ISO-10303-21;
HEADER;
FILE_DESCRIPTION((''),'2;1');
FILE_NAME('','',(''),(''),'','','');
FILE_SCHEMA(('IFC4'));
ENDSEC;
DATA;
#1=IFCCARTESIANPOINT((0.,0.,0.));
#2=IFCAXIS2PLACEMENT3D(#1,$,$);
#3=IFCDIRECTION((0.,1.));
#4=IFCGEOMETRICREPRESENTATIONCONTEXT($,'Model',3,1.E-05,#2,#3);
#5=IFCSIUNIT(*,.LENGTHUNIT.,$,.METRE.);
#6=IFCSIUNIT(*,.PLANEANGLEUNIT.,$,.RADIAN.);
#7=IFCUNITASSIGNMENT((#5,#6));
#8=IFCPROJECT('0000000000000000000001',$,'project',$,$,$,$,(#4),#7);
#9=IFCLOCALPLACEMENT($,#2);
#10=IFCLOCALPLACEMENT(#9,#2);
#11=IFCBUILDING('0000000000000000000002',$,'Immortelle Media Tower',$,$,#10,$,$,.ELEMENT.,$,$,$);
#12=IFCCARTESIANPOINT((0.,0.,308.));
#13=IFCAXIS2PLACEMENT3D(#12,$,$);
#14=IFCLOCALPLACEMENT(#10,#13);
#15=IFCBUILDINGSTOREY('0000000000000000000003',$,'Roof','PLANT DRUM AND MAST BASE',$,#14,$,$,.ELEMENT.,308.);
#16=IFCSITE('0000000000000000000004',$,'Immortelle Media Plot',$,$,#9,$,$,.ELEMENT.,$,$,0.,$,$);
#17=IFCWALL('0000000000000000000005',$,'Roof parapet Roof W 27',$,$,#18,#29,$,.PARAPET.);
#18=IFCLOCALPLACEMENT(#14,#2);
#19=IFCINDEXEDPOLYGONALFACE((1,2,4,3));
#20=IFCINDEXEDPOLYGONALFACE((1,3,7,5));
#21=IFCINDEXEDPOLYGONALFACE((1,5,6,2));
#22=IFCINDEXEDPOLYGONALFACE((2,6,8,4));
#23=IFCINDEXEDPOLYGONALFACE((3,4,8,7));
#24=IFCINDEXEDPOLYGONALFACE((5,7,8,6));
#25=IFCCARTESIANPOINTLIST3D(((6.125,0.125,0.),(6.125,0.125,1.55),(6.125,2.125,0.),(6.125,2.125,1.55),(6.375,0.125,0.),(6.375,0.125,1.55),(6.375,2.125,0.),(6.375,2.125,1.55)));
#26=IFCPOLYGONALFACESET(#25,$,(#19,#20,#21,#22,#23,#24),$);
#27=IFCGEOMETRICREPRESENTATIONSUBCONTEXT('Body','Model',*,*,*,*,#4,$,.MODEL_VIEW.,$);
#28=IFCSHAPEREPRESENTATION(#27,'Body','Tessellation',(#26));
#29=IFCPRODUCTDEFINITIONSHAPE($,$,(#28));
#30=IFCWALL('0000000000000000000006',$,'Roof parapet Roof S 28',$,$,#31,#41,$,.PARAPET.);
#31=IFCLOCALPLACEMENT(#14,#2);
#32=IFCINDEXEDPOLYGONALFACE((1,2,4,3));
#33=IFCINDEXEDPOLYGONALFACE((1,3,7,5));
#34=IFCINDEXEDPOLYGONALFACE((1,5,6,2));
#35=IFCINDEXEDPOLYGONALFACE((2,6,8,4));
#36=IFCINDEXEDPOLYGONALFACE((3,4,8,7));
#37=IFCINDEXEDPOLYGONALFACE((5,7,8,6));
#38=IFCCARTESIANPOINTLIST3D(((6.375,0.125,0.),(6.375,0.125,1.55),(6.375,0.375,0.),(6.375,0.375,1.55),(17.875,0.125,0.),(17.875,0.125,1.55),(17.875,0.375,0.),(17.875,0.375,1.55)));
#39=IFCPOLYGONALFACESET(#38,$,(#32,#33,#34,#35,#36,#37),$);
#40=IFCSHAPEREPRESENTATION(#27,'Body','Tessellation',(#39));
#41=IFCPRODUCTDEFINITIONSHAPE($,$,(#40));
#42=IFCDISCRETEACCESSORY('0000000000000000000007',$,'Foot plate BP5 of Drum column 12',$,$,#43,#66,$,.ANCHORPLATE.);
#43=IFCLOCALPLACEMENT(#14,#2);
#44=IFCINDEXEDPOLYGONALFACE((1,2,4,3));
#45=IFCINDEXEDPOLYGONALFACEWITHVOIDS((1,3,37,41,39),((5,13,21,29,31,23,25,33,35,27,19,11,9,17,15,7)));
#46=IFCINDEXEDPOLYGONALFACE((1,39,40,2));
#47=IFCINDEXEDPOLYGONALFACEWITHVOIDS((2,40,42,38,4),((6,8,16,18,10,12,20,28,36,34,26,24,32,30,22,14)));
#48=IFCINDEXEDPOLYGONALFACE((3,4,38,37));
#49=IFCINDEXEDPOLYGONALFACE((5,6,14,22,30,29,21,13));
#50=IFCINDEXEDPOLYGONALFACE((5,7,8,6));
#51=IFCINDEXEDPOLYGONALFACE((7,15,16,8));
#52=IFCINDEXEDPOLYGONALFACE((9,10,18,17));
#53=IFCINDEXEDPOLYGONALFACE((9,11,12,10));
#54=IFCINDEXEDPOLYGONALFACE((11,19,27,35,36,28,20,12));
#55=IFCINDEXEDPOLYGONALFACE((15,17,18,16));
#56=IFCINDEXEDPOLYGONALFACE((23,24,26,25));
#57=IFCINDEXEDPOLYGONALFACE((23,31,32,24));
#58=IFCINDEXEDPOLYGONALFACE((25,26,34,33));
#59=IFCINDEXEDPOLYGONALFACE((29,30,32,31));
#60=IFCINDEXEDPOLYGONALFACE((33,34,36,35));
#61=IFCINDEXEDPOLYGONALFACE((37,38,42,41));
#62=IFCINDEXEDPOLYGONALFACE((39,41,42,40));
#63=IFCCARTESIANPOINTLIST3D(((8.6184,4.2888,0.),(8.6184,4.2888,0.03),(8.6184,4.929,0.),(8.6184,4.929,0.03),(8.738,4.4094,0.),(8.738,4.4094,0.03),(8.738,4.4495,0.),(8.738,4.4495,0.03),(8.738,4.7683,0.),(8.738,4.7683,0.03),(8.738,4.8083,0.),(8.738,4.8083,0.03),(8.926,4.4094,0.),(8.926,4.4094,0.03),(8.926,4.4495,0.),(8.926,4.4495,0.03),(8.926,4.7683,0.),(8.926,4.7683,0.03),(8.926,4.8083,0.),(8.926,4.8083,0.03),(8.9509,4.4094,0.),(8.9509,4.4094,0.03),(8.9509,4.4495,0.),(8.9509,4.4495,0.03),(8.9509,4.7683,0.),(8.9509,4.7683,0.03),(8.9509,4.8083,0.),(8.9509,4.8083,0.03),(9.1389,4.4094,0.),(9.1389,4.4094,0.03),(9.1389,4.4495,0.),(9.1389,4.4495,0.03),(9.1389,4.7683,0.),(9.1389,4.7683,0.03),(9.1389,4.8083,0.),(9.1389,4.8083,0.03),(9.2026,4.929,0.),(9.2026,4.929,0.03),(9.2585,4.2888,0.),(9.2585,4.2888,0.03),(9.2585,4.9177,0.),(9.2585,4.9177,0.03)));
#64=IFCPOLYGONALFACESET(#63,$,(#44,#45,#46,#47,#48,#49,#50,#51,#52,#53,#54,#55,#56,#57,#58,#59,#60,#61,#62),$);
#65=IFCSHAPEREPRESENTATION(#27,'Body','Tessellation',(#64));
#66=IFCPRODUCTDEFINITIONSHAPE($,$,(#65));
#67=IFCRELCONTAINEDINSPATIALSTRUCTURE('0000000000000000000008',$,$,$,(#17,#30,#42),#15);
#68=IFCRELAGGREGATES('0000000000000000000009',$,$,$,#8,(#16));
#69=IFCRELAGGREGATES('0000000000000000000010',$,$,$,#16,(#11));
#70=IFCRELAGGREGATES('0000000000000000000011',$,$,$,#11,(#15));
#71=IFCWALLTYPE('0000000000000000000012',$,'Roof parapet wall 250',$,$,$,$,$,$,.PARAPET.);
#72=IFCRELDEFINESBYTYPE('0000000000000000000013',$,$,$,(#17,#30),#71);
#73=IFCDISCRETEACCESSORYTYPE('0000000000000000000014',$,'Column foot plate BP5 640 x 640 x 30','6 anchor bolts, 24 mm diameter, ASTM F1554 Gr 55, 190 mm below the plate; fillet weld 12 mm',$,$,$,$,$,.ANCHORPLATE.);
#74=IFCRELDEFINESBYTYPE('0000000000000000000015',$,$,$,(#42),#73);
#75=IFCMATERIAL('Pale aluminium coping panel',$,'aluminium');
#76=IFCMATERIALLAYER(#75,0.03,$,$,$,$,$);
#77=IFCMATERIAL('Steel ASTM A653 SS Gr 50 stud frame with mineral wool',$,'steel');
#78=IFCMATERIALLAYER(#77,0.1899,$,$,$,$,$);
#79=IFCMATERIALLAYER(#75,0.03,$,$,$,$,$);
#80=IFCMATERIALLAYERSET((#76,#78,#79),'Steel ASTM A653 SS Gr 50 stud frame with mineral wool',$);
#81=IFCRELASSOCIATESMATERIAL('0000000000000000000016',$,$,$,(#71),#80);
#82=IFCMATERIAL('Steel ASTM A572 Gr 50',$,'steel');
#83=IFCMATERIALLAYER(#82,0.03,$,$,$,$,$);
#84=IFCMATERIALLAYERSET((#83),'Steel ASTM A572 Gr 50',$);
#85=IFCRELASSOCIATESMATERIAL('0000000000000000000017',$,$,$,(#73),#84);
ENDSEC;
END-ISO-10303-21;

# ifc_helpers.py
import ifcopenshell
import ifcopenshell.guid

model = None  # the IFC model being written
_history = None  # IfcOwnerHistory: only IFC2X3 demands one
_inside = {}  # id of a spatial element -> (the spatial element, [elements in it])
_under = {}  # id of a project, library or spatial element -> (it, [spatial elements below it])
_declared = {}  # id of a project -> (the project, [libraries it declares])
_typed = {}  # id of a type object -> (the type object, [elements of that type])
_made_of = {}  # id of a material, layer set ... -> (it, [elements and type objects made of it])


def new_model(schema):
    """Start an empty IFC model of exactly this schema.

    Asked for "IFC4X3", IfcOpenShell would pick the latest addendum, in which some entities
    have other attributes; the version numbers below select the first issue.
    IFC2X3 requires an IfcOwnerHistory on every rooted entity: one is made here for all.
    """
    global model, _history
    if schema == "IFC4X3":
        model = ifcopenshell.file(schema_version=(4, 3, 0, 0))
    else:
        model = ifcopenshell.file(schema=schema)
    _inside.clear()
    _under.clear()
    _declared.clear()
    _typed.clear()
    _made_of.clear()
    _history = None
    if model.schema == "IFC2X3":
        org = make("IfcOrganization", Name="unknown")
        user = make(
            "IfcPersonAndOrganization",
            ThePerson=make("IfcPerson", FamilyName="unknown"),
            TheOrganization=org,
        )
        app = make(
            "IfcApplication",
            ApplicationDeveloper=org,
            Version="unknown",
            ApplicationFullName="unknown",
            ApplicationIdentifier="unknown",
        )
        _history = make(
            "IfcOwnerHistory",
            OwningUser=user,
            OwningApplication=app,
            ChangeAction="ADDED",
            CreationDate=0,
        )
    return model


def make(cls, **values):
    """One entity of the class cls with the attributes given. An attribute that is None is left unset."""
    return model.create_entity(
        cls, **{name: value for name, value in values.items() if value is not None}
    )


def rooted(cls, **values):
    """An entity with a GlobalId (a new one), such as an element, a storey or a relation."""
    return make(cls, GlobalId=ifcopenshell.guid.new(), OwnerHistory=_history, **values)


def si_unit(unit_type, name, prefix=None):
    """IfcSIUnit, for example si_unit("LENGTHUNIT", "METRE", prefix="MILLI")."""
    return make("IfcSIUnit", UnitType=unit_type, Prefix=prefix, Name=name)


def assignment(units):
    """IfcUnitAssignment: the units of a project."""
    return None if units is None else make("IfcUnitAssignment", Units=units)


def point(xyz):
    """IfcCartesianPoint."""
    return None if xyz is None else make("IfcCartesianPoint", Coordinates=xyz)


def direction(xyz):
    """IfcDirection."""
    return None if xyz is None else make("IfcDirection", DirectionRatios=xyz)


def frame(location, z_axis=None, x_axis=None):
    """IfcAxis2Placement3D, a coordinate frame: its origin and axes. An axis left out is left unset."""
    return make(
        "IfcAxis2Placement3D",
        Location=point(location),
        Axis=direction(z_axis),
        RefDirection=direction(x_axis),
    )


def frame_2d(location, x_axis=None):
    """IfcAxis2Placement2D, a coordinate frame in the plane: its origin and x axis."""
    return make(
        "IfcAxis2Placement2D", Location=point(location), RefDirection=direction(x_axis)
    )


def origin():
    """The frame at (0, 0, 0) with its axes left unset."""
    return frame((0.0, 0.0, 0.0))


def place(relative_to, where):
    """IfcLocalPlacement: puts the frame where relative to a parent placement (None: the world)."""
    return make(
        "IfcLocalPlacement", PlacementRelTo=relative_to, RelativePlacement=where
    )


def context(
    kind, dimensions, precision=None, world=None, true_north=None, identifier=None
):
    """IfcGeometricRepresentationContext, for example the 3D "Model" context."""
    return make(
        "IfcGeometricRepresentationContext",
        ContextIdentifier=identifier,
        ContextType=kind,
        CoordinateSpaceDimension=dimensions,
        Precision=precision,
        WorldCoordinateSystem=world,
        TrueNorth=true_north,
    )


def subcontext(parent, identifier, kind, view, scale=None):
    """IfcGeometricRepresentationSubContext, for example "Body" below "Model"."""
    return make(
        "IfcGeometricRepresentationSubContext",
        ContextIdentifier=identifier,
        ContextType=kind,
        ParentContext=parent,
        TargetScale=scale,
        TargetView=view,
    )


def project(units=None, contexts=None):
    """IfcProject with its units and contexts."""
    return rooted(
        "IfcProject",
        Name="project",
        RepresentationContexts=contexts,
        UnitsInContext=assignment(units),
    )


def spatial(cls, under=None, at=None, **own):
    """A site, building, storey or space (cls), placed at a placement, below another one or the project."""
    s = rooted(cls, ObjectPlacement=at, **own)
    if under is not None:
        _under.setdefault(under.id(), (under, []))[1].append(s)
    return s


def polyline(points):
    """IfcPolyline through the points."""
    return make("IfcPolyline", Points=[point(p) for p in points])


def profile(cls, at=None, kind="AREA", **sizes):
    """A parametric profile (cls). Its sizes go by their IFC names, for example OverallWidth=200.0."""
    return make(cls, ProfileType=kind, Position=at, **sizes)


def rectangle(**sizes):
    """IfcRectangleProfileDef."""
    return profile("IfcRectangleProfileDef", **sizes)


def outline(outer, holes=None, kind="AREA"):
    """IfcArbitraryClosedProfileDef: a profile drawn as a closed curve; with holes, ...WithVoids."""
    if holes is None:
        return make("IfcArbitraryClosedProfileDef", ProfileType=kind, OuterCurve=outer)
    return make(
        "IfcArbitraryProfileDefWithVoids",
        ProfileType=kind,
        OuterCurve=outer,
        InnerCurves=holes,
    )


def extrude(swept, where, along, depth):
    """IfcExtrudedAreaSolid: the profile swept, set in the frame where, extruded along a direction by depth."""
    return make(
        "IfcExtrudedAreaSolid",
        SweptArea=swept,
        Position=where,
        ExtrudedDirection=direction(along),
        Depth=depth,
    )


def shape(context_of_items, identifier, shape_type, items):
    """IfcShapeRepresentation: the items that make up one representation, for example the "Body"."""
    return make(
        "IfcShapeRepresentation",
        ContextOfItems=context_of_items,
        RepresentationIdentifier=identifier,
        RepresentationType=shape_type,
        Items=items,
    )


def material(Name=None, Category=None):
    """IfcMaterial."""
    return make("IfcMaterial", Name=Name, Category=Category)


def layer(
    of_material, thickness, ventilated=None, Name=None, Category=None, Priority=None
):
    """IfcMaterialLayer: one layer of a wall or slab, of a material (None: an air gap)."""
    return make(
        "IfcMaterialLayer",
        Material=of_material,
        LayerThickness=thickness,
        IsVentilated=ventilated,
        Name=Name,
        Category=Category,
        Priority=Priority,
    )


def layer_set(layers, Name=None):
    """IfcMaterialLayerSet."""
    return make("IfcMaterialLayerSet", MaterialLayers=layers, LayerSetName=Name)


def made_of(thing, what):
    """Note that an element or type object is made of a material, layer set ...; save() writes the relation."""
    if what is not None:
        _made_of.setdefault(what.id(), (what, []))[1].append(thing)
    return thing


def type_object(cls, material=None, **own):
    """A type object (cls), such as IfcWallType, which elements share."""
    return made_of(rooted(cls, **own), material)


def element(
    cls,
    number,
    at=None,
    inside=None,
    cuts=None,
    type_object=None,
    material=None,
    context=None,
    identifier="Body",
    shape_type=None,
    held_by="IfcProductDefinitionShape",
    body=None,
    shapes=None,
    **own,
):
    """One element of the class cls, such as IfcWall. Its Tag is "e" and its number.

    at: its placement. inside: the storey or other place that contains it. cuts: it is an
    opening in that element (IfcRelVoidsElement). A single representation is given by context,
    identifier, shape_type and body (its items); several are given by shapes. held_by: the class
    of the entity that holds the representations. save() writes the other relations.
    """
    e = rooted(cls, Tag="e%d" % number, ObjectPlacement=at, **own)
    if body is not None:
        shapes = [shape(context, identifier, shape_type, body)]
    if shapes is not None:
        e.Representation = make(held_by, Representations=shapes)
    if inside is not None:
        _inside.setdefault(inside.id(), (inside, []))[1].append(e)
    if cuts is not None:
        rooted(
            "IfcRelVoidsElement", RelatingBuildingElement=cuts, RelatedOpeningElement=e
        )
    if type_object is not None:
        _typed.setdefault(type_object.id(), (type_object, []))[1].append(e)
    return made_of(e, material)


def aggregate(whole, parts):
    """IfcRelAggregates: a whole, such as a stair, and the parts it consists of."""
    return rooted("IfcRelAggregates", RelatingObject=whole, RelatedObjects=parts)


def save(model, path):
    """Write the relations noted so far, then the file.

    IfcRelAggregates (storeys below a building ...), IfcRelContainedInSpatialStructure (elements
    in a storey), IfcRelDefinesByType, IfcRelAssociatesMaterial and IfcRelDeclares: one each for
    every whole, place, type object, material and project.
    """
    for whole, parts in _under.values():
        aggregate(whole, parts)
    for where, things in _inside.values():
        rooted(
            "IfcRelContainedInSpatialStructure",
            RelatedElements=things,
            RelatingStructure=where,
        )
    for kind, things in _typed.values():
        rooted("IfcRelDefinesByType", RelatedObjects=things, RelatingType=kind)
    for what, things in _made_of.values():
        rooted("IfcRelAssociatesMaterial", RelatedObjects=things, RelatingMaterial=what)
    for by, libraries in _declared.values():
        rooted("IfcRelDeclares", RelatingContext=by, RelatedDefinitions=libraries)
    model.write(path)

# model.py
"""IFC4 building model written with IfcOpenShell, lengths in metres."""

from ifc_helpers import new_model, si_unit, direction, frame, frame_2d, origin, place, context, subcontext, project, spatial, polyline, rectangle, outline, extrude, material, layer, layer_set, type_object, element, save


model = new_model("IFC4")

# Units and contexts
model_context = context("Model", 3, precision=1e-05, world=origin(), true_north=direction((0.0, 1.0)))
body_context = subcontext(model_context, "Body", "Model", "MODEL_VIEW")
ifc_project = project(units=[si_unit("LENGTHUNIT", "METRE"), si_unit("PLANEANGLEUNIT", "RADIAN")], contexts=[model_context])

# Site, building, storey
site_placement = place(None, origin())
site = spatial("IfcSite", under=ifc_project, at=site_placement, Name="Immortelle Media Plot", CompositionType="ELEMENT", RefElevation=0.0)
building_placement = place(site_placement, origin())
building = spatial("IfcBuilding", under=site, at=building_placement, Name="Immortelle Media Tower", CompositionType="ELEMENT")
storey_placement = place(building_placement, frame((0.0, 0.0, 308.0)))
storey = spatial("IfcBuildingStorey", under=building, at=storey_placement, Name="Roof", Description="PLANT DRUM AND MAST BASE", CompositionType="ELEMENT", Elevation=308.0)

# Walls
ifc_material_1 = material(Name="Steel ASTM A653 SS Gr 50 stud frame with mineral wool", Category="steel")
ifc_material_2 = material(Name="Pale aluminium coping panel", Category="aluminium")
ifc_layer_1 = layer(ifc_material_2, 0.03)
ifc_layer_2 = layer(ifc_material_1, 0.1899)
ifc_layer_3 = layer(ifc_material_2, 0.03)
ifc_layer_set_1 = layer_set([ifc_layer_1, ifc_layer_2, ifc_layer_3], Name="Steel ASTM A653 SS Gr 50 stud frame with mineral wool")
wall_type_1 = type_object("IfcWallType", Name="Roof parapet wall 250", PredefinedType="PARAPET", material=ifc_layer_set_1)
for number, where, z_axis, x_axis, name in (
    (1, (6.25, 2.125, 0.0), (0.0, 0.0, 1.0), (0.0, -1.0, 0.0), "Roof parapet Roof W 27"),
):
    element("IfcWall", number, at=place(storey_placement, frame(where, z_axis=z_axis, x_axis=x_axis)), inside=storey, type_object=wall_type_1, Name=name, PredefinedType="PARAPET", context=body_context, shape_type="SweptSolid", body=[
        extrude(rectangle(XDim=2.0, YDim=0.25, at=frame_2d((1.0, 0.0))), origin(), (0.0, 0.0, 1.0), 1.55),
    ])
wall_1_placement = place(storey_placement, frame((6.375, 0.25, 0.0), z_axis=(0.0, 0.0, 1.0), x_axis=(1.0, 0.0, 0.0)))
element("IfcWall", 2, at=wall_1_placement, inside=storey, type_object=wall_type_1, Name="Roof parapet Roof S 28", PredefinedType="PARAPET", context=body_context, shape_type="SweptSolid", body=[
    extrude(rectangle(XDim=11.5, YDim=0.25, at=frame_2d((5.75, 0.0))), origin(), (0.0, 0.0, 1.0), 1.55),
])

# Discrete accessory
ifc_material_3 = material(Name="Steel ASTM A572 Gr 50", Category="steel")
ifc_layer_4 = layer(ifc_material_3, 0.03)
ifc_layer_set_2 = layer_set([ifc_layer_4], Name="Steel ASTM A572 Gr 50")
discrete_accessory_type = type_object("IfcDiscreteAccessoryType", Name="Column foot plate BP5 640 x 640 x 30", Description="6 anchor bolts, 24 mm diameter, ASTM F1554 Gr 55, 190 mm below the plate; fillet weld 12 mm", PredefinedType="ANCHORPLATE", material=ifc_layer_set_2)
discrete_accessory_placement = place(storey_placement, frame((8.9385, 4.6089, 0.0), z_axis=(0.0, 0.0, 1.0), x_axis=(1.0, 0.0, 0.0)))
element("IfcDiscreteAccessory", 3, at=discrete_accessory_placement, inside=storey, type_object=discrete_accessory_type, Name="Foot plate BP5 of Drum column 12", PredefinedType="ANCHORPLATE", context=body_context, shape_type="SweptSolid", body=[
    extrude(outline(polyline([(-0.3201, -0.3201), (0.3201, -0.3201), (0.3201, 0.3088), (0.2642, 0.3201), (-0.3201, 0.3201), (-0.3201, -0.3201)]), holes=[polyline([(0.0125, -0.1594), (0.2004, -0.1594), (0.2004, -0.1995), (0.0125, -0.1995), (-0.0125, -0.1995), (-0.2004, -0.1995), (-0.2004, -0.1594), (-0.0125, -0.1594), (-0.0125, 0.1594), (-0.2004, 0.1594), (-0.2004, 0.1995), (-0.0125, 0.1995), (0.0125, 0.1995), (0.2004, 0.1995), (0.2004, 0.1594), (0.0125, 0.1594), (0.0125, -0.1594)])]), origin(), (0.0, 0.0, 1.0), 0.03),
])

save(model, "model.ifc")
